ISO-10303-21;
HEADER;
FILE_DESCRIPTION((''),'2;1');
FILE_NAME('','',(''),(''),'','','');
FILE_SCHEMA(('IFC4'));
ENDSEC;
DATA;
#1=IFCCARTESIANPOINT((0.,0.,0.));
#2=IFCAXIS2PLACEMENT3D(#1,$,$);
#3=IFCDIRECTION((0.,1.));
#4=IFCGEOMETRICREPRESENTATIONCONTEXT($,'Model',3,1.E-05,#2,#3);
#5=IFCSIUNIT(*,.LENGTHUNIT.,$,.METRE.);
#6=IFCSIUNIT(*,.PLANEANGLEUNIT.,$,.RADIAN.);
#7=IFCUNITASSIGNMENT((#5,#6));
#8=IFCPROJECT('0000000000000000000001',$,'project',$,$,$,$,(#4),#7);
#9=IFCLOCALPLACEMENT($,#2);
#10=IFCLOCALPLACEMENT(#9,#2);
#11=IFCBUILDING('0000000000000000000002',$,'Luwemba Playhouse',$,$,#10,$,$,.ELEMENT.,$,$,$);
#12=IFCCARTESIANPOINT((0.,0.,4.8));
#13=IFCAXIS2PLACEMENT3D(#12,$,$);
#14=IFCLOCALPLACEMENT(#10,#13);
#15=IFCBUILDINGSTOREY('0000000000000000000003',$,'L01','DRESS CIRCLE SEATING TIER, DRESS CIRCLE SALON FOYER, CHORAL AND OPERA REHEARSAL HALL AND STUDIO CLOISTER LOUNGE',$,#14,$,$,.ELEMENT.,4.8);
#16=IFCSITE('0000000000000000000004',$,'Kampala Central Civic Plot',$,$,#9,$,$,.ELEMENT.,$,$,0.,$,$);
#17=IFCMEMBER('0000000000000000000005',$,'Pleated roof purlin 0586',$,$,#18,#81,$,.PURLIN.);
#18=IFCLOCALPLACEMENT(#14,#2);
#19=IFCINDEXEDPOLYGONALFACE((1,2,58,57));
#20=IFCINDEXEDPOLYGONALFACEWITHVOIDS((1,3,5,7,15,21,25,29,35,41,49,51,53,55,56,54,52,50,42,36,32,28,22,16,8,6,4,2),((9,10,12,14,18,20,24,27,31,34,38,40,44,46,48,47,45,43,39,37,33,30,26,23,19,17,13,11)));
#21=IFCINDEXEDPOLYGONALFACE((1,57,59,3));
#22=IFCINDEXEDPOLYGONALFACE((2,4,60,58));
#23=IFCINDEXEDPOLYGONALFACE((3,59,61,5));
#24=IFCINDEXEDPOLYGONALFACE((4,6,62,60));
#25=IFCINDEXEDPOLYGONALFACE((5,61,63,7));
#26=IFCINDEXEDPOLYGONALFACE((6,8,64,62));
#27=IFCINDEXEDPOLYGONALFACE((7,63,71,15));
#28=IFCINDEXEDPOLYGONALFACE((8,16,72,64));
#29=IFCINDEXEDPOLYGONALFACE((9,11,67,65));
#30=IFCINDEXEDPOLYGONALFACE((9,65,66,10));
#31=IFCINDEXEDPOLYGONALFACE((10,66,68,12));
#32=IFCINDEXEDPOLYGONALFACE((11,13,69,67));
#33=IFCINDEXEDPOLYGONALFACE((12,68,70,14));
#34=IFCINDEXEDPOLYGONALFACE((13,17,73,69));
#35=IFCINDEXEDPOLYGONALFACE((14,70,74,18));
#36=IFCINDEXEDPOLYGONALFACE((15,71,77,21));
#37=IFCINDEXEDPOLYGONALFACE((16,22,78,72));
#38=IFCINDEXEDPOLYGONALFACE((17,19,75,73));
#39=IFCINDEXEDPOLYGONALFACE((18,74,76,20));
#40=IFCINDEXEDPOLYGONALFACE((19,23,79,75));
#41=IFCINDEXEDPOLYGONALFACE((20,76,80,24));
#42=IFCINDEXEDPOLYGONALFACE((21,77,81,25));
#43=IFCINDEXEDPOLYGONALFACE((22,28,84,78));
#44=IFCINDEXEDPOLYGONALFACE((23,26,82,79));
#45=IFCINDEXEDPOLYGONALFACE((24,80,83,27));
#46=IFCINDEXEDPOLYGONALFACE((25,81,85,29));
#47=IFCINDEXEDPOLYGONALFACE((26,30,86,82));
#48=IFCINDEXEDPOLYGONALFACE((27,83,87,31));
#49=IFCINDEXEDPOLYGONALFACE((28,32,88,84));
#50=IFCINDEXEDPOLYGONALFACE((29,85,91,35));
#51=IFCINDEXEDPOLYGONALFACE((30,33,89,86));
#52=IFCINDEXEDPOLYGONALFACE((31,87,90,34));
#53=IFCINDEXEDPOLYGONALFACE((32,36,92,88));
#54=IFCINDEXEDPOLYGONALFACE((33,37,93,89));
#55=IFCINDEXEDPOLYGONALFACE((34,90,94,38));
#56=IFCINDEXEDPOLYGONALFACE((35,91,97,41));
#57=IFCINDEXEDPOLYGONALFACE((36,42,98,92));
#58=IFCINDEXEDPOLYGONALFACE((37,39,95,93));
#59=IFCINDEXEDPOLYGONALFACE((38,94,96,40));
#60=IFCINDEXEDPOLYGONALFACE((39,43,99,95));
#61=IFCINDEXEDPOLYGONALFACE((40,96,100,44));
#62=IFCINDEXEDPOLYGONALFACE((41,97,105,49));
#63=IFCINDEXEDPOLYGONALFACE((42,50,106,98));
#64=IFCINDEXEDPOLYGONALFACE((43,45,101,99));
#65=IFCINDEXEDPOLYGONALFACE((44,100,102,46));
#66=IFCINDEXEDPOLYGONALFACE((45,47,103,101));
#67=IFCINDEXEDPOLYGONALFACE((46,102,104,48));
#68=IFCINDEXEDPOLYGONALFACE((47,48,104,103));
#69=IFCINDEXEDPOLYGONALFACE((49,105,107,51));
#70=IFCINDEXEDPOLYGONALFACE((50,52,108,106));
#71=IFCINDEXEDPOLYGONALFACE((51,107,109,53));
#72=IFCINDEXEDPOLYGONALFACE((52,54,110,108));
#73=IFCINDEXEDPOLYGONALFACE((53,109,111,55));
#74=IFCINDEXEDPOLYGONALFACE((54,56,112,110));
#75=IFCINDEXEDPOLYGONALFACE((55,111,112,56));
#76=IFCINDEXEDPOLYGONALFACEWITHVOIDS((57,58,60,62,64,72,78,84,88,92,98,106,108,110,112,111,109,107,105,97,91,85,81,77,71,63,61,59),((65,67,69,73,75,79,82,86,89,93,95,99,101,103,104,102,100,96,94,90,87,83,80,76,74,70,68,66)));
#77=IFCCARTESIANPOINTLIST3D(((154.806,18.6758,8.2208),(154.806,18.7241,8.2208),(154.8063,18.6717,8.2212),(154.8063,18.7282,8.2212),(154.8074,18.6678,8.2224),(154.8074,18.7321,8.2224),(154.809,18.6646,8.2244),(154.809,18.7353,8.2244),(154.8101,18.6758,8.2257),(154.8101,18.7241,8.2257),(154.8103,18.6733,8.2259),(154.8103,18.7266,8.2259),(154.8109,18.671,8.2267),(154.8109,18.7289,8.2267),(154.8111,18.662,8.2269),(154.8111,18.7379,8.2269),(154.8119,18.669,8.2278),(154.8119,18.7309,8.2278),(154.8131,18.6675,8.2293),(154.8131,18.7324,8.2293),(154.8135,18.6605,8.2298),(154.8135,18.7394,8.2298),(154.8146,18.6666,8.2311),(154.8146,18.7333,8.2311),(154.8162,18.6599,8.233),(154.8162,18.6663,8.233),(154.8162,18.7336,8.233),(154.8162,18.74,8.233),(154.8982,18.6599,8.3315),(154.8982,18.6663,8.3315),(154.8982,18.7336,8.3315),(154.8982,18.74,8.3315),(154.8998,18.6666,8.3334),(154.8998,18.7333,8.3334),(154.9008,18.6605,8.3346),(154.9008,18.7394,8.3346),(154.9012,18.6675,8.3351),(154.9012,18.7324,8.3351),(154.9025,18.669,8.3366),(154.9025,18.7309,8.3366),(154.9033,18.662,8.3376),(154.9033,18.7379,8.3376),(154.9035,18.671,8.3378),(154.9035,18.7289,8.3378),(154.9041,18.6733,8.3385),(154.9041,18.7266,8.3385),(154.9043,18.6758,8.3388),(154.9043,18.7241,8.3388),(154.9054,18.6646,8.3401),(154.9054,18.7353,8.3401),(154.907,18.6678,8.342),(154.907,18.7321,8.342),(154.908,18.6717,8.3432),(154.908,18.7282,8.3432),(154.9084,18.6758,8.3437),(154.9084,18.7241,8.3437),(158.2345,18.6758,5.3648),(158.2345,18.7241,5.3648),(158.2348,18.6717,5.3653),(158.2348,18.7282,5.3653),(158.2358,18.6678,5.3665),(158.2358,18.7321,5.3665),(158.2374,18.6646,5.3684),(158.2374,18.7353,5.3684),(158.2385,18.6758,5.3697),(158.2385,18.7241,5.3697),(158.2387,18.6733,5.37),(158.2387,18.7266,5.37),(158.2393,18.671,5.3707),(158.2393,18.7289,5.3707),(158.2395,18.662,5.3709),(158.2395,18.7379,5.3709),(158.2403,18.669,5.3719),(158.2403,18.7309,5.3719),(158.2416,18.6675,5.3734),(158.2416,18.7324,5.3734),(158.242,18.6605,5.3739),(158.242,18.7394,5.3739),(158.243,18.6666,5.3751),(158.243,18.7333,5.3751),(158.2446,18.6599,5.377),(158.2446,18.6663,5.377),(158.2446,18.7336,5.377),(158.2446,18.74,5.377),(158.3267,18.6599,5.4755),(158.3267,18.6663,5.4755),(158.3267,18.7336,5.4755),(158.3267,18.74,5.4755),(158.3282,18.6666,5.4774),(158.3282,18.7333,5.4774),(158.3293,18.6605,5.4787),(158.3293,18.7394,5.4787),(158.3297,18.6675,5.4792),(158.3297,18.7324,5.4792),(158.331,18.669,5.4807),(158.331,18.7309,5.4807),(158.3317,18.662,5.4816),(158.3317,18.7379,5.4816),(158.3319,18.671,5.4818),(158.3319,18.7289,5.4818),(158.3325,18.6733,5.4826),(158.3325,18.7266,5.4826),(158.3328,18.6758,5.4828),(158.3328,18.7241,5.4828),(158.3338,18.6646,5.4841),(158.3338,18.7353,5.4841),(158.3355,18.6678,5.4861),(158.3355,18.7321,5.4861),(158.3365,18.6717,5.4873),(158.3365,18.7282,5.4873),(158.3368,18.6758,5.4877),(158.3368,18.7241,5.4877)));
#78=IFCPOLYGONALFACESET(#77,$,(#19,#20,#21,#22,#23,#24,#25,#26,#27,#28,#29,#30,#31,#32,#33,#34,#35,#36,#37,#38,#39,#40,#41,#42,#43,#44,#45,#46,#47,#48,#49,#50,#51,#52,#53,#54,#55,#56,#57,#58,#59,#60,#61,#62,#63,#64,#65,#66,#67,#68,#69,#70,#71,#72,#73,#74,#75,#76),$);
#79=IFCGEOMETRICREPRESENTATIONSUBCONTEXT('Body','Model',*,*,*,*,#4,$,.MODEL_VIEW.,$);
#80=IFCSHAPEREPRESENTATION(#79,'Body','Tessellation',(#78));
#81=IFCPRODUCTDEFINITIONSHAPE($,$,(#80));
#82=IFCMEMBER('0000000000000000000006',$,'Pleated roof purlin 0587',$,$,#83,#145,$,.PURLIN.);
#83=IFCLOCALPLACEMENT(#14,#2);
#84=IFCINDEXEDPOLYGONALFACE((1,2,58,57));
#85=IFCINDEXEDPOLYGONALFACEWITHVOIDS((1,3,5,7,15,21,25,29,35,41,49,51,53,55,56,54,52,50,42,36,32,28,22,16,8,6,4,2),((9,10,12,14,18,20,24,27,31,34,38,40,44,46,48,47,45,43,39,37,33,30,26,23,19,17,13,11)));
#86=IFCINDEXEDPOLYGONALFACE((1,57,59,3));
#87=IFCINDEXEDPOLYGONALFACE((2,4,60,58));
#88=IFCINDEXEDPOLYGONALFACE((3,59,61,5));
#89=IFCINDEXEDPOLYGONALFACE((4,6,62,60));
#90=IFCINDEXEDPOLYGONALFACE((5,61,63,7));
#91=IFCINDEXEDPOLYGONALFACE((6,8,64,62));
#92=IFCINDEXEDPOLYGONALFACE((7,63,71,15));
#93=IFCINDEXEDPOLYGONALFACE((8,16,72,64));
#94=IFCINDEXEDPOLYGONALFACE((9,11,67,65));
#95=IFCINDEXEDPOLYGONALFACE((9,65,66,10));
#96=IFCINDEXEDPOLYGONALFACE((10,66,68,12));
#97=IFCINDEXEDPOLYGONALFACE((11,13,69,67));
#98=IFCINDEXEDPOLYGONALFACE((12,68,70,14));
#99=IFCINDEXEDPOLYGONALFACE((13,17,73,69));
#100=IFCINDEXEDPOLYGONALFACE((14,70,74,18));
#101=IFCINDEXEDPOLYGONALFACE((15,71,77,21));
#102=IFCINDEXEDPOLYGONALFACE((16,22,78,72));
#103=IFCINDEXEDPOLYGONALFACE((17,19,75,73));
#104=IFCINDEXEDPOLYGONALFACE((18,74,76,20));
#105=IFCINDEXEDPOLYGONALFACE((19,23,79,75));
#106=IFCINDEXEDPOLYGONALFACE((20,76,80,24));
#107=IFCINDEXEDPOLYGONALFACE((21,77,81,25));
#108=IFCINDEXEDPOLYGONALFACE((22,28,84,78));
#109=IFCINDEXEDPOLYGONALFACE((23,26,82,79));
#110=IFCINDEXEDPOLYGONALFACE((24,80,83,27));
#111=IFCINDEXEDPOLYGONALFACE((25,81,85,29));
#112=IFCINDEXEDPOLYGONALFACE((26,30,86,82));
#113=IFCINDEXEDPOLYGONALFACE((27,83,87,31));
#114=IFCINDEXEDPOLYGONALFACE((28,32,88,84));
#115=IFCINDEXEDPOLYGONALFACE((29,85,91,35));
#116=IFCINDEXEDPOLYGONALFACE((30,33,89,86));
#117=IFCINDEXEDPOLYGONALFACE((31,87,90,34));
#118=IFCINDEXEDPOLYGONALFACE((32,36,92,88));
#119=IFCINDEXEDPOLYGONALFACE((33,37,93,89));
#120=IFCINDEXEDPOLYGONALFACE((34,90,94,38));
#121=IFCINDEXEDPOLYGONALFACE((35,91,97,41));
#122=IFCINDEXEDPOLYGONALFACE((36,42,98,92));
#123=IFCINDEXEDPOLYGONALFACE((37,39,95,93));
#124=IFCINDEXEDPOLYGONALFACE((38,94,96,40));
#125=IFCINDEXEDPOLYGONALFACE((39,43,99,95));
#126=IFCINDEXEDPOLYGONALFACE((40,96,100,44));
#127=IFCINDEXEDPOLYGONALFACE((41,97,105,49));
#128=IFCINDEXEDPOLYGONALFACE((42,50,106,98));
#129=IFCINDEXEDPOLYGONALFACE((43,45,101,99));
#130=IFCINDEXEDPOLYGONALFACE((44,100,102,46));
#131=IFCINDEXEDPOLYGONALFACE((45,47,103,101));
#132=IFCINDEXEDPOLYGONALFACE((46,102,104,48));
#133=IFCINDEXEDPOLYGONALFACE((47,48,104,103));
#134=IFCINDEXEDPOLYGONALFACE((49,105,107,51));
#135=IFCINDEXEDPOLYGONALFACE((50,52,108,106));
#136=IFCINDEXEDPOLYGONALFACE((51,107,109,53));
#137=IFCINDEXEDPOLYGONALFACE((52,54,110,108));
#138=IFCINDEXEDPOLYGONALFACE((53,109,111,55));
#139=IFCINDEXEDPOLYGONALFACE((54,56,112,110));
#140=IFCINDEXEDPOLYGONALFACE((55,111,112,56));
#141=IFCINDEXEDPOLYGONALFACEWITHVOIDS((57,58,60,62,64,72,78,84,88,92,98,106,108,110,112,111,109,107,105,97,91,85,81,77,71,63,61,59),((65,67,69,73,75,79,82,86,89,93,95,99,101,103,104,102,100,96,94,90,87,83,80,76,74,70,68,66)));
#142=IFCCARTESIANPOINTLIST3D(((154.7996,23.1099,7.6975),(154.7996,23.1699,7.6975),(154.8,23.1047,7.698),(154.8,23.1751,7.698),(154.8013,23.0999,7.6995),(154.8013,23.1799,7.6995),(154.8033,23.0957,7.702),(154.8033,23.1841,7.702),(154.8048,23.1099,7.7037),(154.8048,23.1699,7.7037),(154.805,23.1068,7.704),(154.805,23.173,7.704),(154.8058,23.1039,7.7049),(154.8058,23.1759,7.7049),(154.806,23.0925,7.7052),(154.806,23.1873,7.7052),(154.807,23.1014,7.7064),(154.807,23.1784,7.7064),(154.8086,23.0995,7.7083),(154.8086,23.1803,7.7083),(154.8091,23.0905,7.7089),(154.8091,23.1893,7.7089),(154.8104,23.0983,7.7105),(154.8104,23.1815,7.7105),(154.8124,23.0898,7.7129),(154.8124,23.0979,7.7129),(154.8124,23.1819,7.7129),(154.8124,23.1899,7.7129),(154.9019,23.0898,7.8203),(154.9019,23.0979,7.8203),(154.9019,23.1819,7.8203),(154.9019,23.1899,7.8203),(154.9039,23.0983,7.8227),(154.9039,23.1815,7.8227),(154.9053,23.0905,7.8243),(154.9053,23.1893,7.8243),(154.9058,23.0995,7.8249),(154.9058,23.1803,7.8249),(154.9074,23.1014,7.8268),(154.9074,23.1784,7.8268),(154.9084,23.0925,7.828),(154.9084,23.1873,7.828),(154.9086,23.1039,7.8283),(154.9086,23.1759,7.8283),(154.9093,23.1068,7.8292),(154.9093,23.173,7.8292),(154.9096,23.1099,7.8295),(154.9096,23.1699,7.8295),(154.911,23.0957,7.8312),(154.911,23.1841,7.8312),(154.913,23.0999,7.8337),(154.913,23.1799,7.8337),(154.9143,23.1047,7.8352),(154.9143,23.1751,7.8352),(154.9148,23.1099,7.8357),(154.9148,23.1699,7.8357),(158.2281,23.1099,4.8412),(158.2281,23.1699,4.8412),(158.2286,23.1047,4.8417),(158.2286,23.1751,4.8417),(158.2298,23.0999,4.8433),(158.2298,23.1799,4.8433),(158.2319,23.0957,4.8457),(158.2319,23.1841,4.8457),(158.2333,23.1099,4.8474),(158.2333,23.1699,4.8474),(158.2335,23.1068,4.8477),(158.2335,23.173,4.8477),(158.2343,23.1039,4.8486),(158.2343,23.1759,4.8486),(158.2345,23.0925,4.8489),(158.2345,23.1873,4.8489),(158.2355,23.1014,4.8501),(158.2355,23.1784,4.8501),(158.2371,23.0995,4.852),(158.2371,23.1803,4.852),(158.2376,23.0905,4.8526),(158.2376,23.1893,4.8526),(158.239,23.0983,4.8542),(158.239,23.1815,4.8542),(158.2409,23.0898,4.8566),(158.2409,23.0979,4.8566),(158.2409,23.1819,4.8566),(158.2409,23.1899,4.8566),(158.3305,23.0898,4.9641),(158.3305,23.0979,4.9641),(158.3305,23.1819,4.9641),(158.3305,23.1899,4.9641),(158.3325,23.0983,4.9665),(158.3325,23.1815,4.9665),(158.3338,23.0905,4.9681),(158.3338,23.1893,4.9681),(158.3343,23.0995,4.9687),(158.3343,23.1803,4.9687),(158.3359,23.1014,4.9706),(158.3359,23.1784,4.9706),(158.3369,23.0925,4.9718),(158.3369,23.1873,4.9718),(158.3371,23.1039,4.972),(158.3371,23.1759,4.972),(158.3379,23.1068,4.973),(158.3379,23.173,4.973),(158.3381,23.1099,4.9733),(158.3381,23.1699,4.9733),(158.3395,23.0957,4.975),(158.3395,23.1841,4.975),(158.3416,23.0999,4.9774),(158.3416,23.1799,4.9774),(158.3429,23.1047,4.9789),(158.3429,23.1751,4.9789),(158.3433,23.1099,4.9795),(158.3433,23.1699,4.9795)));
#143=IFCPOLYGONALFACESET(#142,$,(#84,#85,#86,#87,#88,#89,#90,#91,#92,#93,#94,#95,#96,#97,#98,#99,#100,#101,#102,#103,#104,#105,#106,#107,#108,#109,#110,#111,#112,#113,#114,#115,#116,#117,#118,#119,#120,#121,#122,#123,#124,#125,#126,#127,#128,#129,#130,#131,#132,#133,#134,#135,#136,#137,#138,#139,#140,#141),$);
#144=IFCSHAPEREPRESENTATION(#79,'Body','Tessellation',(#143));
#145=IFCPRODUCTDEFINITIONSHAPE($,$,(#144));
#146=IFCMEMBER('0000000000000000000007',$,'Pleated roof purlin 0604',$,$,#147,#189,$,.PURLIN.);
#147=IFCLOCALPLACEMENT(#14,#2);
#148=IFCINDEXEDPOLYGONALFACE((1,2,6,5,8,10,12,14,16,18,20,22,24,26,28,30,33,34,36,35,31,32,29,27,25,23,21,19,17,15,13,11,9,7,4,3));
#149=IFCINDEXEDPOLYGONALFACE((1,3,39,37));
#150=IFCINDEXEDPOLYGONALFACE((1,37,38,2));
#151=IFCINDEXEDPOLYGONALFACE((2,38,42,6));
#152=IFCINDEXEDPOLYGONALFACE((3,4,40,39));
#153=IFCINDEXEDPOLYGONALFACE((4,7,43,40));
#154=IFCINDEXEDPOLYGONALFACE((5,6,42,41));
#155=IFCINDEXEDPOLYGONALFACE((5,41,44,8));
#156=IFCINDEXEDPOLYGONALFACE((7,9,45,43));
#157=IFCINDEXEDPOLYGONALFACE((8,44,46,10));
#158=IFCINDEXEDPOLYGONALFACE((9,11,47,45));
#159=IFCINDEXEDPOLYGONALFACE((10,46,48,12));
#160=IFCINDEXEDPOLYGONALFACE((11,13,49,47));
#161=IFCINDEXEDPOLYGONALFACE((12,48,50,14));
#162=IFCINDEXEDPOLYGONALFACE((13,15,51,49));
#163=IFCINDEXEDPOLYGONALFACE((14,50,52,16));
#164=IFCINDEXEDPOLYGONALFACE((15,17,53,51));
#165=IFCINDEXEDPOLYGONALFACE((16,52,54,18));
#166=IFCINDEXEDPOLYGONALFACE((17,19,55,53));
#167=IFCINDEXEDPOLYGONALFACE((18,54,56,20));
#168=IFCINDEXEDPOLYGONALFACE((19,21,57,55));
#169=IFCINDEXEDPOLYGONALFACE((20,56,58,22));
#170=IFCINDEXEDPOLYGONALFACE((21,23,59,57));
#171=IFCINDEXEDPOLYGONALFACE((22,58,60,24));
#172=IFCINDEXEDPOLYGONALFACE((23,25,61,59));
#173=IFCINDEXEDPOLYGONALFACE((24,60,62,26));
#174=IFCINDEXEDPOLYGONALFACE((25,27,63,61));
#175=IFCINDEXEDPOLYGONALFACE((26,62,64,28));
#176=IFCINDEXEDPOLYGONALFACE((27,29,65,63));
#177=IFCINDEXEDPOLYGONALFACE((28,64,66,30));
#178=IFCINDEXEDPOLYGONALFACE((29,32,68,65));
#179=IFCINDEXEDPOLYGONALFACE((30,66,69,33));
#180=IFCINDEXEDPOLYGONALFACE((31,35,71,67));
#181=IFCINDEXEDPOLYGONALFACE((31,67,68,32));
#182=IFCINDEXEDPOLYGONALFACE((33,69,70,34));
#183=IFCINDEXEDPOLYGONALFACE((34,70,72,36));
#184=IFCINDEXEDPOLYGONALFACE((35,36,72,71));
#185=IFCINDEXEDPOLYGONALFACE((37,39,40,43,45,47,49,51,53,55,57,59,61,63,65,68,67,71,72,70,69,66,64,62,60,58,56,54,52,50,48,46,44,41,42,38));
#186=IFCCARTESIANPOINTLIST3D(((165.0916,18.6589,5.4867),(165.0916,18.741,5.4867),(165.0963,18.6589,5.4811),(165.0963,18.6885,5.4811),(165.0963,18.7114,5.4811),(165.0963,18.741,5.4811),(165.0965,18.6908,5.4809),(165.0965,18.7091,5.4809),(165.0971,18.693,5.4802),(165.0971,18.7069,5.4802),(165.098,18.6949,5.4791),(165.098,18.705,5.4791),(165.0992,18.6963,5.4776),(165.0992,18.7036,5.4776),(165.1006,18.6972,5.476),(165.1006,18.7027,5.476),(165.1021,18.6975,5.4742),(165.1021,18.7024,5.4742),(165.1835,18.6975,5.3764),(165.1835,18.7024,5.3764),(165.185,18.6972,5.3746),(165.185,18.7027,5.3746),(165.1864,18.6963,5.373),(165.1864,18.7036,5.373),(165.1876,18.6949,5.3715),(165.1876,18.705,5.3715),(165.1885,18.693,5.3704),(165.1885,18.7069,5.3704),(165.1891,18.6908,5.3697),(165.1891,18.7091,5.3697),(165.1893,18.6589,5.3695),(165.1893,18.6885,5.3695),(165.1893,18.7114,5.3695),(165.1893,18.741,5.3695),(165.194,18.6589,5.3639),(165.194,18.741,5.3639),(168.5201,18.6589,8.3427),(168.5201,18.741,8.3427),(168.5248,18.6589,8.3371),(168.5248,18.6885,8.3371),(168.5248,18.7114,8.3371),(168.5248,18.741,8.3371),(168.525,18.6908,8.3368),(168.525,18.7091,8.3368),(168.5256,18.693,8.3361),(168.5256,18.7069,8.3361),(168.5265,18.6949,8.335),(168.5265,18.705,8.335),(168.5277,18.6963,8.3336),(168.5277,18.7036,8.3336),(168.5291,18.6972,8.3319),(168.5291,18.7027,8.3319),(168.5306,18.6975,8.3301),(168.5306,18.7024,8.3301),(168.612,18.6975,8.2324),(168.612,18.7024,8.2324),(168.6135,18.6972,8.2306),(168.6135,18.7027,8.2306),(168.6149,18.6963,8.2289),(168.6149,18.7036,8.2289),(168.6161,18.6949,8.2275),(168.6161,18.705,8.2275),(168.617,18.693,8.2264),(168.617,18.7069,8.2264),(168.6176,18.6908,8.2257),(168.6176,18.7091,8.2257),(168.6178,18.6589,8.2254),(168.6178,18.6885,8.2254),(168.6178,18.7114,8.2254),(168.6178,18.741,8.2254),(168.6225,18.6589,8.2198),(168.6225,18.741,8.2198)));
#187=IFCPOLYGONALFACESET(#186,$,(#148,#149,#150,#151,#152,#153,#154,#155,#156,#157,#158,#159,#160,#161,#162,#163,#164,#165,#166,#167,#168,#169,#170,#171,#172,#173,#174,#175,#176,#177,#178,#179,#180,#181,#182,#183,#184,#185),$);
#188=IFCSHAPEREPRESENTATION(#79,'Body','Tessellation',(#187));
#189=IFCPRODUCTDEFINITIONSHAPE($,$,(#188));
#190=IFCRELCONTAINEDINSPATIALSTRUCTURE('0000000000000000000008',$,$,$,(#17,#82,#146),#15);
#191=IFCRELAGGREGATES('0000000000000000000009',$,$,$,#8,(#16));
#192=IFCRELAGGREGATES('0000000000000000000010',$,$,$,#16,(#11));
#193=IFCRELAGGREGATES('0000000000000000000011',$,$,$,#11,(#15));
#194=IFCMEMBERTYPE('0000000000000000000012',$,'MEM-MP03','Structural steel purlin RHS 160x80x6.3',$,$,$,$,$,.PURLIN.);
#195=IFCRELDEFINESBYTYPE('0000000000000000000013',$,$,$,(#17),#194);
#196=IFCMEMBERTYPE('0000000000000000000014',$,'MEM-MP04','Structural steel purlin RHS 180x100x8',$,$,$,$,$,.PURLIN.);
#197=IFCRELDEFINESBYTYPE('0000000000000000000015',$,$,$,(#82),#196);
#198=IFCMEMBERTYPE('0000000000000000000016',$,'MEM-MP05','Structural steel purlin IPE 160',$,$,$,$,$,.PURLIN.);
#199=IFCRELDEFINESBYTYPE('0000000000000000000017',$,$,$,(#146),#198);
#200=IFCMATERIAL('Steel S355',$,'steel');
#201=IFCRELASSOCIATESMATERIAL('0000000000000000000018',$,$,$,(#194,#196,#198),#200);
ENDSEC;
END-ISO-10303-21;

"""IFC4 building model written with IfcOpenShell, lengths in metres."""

from ifc_helpers import new_model, si_unit, direction, frame, origin, origin_2d, place, context, subcontext, project, spatial, hollow_rectangle, i_section, extrude, material, material_profile, profile_set, type_object, element, save


model = new_model("IFC4")

# Units and contexts
model_context = context("Model", 3, precision=1e-05, world=origin(), true_north=direction((0.0, 1.0)))
body_context = subcontext(model_context, "Body", "Model", "MODEL_VIEW")
ifc_project = project(units=[si_unit("LENGTHUNIT", "METRE"), si_unit("PLANEANGLEUNIT", "RADIAN")], contexts=[model_context])

# Site, building, storey
site_placement = place(None, origin())
site = spatial("IfcSite", under=ifc_project, at=site_placement, Name="Kampala Central Civic Plot", CompositionType="ELEMENT", RefElevation=0.0)
building_placement = place(site_placement, origin())
building = spatial("IfcBuilding", under=site, at=building_placement, Name="Luwemba Playhouse", CompositionType="ELEMENT")
storey_placement = place(building_placement, frame((0.0, 0.0, 4.8)))
storey = spatial("IfcBuildingStorey", under=building, at=storey_placement, Name="L01", Description="DRESS CIRCLE SEATING TIER, DRESS CIRCLE SALON FOYER, CHORAL AND OPERA REHEARSAL HALL AND STUDIO CLOISTER LOUNGE", CompositionType="ELEMENT", Elevation=4.8)

# Shared definitions
ifc_material_1 = material(Name="Steel S355", Category="steel")

# Members
ifc_material_profile_1 = material_profile(ifc_material_1, hollow_rectangle(XDim=0.0801, YDim=0.1599, WallThickness=0.0063, InnerFilletRadius=0.0095, OuterFilletRadius=0.0159, at=origin_2d()))
ifc_profile_set_1 = profile_set([ifc_material_profile_1], Name="Steel S355")
member_type_1 = type_object("IfcMemberType", Name="MEM-MP03", Description="Structural steel purlin RHS 160x80x6.3", PredefinedType="PURLIN", material=ifc_profile_set_1)
member_1_placement = place(storey_placement, frame((154.8572, 18.7, 8.2822), z_axis=(0.768342, 0.0, -0.640039), x_axis=(0.0, 1.0, 0.0)))
element("IfcMember", 1, at=member_1_placement, inside=storey, type_object=member_type_1, Name="Pleated roof purlin 0586", PredefinedType="PURLIN", context=body_context, shape_type="SweptSolid", body=[
    extrude(hollow_rectangle(XDim=0.0801, YDim=0.1599, WallThickness=0.0063, InnerFilletRadius=0.0095, OuterFilletRadius=0.0159, at=origin_2d()), origin(), (0.0, 0.0, 1.0), 4.4622),
])
ifc_material_profile_2 = material_profile(ifc_material_1, hollow_rectangle(XDim=0.1001, YDim=0.1799, WallThickness=0.0081, InnerFilletRadius=0.012, OuterFilletRadius=0.02, at=origin_2d()))
ifc_profile_set_2 = profile_set([ifc_material_profile_2], Name="Steel S355")
member_type_2 = type_object("IfcMemberType", Name="MEM-MP04", Description="Structural steel purlin RHS 180x100x8", PredefinedType="PURLIN", material=ifc_profile_set_2)
member_2_placement = place(storey_placement, frame((154.8572, 23.1399, 7.7666), z_axis=(0.768315, 0.0, -0.640071), x_axis=(0.0, 1.0, 0.0)))
element("IfcMember", 2, at=member_2_placement, inside=storey, type_object=member_type_2, Name="Pleated roof purlin 0587", PredefinedType="PURLIN", context=body_context, shape_type="SweptSolid", body=[
    extrude(hollow_rectangle(XDim=0.1001, YDim=0.1799, WallThickness=0.0081, InnerFilletRadius=0.012, OuterFilletRadius=0.02, at=origin_2d()), origin(), (0.0, 0.0, 1.0), 4.4624),
])
ifc_material_profile_3 = material_profile(ifc_material_1, i_section(OverallWidth=0.082, OverallDepth=0.1599, WebThickness=0.0049, FlangeThickness=0.0073, FilletRadius=0.009, at=origin_2d()))
ifc_profile_set_3 = profile_set([ifc_material_profile_3], Name="Steel S355")
member_type_3 = type_object("IfcMemberType", Name="MEM-MP05", Description="Structural steel purlin IPE 160", PredefinedType="PURLIN", material=ifc_profile_set_3)
member_3_placement = place(storey_placement, frame((165.1428, 18.7, 5.4253), z_axis=(0.768342, 0.0, 0.640039), x_axis=(0.0, 1.0, 0.0)))
element("IfcMember", 3, at=member_3_placement, inside=storey, type_object=member_type_3, Name="Pleated roof purlin 0604", PredefinedType="PURLIN", context=body_context, shape_type="SweptSolid", body=[
    extrude(i_section(OverallWidth=0.082, OverallDepth=0.1599, WebThickness=0.0049, FlangeThickness=0.0073, FilletRadius=0.009, at=origin_2d()), origin(), (0.0, 0.0, 1.0), 4.4622),
])

save(model, "model.ifc")
